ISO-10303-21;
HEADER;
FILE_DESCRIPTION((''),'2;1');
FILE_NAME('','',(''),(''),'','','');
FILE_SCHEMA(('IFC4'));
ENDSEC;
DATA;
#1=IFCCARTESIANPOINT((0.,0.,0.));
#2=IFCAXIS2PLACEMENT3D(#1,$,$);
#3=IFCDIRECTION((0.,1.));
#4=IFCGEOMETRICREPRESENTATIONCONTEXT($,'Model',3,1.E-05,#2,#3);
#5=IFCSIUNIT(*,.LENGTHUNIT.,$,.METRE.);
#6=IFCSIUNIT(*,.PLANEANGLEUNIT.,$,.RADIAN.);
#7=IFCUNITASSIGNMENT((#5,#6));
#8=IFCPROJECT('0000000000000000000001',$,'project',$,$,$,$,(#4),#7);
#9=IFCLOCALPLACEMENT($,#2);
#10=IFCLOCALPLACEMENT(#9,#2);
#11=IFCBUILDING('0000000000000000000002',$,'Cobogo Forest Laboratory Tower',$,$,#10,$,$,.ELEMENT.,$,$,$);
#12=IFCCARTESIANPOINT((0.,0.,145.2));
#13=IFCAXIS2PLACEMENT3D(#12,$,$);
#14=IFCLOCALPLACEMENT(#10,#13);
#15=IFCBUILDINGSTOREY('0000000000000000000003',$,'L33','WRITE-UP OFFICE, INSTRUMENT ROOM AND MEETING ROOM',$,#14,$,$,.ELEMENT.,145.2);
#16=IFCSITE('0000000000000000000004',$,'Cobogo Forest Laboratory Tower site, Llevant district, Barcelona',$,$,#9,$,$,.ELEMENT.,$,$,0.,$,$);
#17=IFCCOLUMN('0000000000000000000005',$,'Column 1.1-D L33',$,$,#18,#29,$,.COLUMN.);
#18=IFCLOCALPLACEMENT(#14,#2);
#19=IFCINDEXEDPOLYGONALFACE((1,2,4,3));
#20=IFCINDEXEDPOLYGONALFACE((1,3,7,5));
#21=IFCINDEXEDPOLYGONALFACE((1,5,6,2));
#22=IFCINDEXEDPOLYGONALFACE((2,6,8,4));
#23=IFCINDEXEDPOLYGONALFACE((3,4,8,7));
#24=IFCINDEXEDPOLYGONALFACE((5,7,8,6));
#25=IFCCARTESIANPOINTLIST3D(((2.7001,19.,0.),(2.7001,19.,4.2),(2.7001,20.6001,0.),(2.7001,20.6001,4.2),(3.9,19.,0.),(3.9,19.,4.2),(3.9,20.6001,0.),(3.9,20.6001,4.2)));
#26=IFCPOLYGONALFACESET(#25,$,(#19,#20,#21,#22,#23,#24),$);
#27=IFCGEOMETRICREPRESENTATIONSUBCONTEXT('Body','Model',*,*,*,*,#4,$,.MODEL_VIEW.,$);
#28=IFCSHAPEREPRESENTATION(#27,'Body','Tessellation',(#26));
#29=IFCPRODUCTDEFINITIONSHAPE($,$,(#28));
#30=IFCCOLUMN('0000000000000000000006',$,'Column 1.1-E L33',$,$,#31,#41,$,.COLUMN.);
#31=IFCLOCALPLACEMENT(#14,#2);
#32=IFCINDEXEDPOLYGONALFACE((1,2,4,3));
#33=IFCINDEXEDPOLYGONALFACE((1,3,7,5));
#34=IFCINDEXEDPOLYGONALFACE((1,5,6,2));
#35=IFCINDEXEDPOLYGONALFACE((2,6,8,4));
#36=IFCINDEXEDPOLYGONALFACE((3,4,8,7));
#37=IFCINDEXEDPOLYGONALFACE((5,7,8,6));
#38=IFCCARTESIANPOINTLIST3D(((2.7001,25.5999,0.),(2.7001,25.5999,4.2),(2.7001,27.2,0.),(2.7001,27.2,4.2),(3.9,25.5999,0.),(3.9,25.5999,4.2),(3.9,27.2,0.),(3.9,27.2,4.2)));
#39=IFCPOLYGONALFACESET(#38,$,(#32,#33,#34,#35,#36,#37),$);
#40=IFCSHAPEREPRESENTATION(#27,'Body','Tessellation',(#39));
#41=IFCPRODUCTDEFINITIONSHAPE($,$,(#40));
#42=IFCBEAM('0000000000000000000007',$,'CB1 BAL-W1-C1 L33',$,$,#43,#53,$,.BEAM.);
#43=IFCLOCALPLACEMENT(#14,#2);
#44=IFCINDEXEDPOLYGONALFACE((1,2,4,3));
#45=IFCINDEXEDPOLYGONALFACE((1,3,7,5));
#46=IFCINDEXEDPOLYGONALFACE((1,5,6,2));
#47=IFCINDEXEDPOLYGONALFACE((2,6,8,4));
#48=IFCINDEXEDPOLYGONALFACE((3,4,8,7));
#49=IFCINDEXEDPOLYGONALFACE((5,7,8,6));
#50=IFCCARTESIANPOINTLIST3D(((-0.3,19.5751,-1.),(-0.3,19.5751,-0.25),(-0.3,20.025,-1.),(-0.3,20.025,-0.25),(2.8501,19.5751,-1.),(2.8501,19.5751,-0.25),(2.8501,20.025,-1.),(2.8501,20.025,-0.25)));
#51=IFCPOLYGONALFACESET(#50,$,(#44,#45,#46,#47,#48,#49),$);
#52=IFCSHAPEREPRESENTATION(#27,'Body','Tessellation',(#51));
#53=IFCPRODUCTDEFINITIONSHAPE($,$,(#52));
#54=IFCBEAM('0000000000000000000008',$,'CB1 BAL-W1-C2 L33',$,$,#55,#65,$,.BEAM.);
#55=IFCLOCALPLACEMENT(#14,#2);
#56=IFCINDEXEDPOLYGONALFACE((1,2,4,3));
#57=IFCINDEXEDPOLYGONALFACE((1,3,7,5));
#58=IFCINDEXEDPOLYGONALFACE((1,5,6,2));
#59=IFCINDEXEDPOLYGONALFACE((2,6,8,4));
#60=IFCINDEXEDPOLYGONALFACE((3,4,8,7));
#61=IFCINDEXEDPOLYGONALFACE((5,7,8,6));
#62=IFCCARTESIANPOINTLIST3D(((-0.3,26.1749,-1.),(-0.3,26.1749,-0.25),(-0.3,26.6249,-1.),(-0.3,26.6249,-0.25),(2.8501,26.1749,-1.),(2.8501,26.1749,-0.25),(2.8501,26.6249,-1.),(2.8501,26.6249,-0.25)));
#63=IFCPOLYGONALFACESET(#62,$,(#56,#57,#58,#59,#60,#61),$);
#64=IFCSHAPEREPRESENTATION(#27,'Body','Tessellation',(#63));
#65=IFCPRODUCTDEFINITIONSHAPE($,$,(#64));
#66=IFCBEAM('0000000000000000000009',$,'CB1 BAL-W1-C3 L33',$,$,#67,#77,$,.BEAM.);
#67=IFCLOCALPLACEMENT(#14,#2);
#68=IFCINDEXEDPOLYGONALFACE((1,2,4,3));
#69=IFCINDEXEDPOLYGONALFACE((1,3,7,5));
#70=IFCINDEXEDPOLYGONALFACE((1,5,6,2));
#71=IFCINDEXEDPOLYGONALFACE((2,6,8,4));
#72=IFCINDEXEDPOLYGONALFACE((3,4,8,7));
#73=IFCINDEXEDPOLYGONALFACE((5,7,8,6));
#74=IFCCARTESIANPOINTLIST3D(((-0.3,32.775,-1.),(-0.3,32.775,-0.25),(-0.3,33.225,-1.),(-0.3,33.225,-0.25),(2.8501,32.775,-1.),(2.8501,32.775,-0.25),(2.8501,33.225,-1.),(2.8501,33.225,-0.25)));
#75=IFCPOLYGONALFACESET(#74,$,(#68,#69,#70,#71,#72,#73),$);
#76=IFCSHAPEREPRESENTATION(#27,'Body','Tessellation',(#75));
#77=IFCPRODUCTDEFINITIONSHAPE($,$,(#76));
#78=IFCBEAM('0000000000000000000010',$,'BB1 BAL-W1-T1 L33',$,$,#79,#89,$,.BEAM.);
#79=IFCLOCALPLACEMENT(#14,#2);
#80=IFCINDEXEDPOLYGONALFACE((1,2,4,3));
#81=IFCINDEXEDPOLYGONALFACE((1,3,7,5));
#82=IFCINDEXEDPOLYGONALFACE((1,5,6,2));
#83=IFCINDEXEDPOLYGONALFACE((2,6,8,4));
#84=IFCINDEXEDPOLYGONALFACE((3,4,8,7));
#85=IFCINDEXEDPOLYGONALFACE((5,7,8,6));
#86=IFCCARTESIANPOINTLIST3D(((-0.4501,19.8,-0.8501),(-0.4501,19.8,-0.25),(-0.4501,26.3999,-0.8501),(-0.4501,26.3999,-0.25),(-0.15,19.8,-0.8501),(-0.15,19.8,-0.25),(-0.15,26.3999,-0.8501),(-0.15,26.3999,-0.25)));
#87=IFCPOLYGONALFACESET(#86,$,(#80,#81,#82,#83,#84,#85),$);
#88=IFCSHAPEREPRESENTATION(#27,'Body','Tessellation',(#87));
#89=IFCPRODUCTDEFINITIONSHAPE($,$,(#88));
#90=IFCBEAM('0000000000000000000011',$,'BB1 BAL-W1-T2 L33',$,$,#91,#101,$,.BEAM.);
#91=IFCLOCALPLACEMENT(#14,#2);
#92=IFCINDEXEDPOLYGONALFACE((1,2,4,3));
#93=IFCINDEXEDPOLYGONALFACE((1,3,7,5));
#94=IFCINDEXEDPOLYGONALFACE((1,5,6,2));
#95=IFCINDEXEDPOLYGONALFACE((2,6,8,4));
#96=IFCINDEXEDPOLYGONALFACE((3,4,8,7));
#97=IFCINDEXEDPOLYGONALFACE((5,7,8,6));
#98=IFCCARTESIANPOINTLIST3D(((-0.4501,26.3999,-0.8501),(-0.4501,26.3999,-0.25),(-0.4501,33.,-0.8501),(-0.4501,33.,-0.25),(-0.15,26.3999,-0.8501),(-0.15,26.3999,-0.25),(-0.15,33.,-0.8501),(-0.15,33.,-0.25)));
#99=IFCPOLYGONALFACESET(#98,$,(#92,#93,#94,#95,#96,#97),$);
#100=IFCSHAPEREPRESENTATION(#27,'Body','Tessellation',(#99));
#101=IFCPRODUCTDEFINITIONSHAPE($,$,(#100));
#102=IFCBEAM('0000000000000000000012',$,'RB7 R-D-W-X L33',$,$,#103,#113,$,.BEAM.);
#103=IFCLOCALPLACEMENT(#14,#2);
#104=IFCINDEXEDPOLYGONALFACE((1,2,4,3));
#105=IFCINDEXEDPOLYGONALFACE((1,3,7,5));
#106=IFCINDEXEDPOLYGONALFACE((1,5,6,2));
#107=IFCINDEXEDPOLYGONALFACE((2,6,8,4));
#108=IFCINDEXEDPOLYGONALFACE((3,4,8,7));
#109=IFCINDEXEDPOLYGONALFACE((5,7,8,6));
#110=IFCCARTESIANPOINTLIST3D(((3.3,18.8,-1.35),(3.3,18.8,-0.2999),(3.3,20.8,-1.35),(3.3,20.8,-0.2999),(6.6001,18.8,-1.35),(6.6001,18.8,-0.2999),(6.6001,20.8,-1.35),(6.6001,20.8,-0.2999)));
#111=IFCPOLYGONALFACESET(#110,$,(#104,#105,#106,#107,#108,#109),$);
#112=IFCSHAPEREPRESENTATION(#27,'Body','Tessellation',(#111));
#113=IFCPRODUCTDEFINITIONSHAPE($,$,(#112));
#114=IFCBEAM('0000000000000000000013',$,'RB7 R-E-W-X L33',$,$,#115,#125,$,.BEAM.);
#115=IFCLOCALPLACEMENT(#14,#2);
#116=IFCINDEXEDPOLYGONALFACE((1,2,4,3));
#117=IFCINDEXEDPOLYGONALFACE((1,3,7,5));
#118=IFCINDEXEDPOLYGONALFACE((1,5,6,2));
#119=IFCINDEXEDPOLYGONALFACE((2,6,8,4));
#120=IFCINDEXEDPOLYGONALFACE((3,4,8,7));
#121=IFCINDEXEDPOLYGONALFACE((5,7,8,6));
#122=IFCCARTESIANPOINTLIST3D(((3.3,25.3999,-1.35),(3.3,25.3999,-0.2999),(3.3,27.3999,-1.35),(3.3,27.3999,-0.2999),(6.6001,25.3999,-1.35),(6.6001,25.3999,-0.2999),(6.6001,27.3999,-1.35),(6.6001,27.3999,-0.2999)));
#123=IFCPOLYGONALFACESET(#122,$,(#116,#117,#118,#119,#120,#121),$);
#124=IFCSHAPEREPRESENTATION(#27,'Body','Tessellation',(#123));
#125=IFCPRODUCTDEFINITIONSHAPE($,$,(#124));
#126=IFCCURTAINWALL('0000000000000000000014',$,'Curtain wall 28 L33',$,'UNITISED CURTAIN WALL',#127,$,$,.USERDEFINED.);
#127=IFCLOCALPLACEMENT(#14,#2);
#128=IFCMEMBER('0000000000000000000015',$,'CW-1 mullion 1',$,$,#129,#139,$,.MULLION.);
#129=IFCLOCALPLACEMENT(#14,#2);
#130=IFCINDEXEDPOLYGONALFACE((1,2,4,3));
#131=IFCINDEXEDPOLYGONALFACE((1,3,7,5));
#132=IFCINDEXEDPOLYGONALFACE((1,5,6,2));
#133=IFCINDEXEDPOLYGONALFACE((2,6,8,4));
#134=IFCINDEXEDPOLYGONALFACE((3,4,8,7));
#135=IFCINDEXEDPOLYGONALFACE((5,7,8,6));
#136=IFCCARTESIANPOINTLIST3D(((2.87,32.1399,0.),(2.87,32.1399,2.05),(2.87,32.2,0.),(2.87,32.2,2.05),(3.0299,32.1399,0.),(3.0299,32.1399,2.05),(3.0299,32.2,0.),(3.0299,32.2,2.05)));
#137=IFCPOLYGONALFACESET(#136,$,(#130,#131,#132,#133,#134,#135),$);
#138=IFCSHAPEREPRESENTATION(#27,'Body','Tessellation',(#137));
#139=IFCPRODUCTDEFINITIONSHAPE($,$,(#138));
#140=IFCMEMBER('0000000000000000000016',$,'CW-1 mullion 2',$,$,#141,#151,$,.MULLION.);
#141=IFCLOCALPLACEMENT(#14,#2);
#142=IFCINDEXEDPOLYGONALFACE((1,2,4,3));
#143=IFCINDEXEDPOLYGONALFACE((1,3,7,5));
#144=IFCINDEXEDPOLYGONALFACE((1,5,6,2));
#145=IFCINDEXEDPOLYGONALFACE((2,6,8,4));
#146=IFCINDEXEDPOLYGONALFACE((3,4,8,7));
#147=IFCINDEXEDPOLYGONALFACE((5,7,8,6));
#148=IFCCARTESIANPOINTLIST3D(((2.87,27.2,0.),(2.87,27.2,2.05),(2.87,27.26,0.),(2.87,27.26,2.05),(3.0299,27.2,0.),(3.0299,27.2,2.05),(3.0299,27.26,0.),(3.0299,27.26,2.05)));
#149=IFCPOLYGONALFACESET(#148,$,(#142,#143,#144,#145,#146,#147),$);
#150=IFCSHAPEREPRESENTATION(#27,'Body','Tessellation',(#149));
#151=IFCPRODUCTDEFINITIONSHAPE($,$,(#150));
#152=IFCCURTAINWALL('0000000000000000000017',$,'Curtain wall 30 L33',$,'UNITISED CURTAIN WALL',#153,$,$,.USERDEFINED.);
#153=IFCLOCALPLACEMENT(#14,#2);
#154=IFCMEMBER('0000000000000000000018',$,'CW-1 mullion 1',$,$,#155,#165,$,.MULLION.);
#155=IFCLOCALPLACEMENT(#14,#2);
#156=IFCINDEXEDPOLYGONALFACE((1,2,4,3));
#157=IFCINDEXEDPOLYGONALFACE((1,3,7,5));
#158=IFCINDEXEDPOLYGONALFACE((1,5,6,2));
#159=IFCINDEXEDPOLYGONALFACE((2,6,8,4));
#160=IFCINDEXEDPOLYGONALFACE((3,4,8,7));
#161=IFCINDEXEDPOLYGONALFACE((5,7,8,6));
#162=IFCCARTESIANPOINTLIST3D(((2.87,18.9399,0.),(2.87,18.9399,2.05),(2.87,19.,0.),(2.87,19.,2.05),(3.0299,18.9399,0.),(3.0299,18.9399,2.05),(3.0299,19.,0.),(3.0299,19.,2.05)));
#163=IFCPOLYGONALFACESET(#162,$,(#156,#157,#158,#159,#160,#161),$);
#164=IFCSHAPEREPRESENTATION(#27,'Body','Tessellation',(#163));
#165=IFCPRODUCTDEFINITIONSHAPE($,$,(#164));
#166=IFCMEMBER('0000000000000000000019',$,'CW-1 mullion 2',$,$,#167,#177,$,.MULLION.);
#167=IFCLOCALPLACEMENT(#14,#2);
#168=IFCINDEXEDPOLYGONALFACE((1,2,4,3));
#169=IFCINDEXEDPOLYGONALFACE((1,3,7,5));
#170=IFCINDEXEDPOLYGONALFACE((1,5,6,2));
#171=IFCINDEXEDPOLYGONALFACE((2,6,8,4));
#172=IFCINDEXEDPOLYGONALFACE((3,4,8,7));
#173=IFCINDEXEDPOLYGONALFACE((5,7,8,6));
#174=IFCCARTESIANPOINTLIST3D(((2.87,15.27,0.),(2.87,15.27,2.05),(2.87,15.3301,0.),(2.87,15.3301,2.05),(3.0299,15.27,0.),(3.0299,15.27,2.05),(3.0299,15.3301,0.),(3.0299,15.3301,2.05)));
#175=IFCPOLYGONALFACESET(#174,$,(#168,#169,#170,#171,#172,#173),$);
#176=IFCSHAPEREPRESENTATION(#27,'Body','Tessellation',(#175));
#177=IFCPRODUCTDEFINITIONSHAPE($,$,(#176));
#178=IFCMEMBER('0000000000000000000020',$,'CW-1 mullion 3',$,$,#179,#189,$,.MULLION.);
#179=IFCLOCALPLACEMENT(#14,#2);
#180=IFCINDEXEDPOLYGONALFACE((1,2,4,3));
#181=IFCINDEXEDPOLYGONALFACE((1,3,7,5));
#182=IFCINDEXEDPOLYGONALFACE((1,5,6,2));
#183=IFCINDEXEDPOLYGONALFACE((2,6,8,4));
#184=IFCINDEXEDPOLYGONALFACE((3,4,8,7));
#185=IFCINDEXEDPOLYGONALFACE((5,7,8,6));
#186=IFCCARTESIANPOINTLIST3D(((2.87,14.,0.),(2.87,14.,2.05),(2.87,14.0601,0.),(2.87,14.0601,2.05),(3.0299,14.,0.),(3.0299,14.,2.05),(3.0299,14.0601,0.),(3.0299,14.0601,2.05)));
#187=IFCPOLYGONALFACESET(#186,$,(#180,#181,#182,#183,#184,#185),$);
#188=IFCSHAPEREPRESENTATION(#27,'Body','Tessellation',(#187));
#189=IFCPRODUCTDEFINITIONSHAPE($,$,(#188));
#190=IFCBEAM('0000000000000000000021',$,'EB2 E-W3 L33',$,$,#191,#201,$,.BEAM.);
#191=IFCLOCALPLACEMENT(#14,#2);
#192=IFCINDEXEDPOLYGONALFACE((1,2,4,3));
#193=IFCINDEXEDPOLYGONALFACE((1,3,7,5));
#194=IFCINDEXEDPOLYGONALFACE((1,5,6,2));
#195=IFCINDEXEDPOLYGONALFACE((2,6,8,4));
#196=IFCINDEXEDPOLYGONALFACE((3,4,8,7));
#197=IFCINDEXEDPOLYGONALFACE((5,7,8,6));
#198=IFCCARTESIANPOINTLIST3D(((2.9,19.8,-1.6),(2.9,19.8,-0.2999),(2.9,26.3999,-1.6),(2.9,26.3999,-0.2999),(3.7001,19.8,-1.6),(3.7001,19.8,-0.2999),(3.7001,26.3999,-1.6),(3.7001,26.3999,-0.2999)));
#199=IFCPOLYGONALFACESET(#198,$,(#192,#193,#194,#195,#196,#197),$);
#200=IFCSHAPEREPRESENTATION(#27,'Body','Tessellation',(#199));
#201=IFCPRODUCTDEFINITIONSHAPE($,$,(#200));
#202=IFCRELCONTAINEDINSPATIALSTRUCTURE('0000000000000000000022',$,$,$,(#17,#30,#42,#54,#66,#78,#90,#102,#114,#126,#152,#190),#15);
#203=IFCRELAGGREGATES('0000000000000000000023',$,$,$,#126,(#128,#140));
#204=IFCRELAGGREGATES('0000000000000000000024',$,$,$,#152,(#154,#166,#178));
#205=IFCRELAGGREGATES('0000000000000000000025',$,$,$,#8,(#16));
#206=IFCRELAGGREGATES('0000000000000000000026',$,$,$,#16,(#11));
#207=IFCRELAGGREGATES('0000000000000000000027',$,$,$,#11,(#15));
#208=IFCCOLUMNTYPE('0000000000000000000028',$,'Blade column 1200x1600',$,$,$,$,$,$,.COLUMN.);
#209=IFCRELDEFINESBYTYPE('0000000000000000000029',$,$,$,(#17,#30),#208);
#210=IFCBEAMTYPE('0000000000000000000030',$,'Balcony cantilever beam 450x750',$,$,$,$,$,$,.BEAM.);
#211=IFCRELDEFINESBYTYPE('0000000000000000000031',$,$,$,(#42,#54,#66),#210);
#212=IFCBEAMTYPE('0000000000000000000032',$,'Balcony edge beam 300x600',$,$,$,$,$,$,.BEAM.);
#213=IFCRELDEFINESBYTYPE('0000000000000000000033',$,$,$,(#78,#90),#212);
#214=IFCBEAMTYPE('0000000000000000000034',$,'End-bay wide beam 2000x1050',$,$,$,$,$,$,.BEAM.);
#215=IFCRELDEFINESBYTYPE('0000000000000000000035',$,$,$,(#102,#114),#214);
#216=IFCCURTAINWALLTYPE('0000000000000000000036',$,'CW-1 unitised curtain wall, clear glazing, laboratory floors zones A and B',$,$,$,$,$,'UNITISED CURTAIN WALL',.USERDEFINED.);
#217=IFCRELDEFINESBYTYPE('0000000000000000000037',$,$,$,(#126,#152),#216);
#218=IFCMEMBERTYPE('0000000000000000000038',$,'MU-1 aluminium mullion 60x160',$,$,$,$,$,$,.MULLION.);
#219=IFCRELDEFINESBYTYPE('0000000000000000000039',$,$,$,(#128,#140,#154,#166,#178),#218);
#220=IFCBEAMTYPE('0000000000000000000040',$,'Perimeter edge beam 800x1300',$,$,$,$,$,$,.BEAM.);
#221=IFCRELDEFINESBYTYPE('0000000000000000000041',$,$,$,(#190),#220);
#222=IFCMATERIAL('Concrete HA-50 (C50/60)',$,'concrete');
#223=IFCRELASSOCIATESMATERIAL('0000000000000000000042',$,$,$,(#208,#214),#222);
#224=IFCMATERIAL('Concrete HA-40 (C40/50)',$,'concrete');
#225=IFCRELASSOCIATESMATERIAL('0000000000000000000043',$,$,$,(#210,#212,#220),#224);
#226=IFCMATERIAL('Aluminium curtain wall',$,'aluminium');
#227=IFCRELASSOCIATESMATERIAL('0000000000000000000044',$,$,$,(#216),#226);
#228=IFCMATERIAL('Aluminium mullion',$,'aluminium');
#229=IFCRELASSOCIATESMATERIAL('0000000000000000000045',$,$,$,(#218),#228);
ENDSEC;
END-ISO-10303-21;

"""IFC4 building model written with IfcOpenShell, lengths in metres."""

from ifc_helpers import new_model, si_unit, direction, frame, origin, origin_2d, place, context, subcontext, project, spatial, rectangle, extrude, material, material_profile, profile_set, type_object, element, aggregate, save


model = new_model("IFC4")

# Units and contexts
model_context = context("Model", 3, precision=1e-05, world=origin(), true_north=direction((0.0, 1.0)))
body_context = subcontext(model_context, "Body", "Model", "MODEL_VIEW")
ifc_project = project(units=[si_unit("LENGTHUNIT", "METRE"), si_unit("PLANEANGLEUNIT", "RADIAN")], contexts=[model_context])

# Site, building, storey
site_placement = place(None, origin())
site = spatial("IfcSite", under=ifc_project, at=site_placement, Name="Cobogo Forest Laboratory Tower site, Llevant district, Barcelona", CompositionType="ELEMENT", RefElevation=0.0)
building_placement = place(site_placement, origin())
building = spatial("IfcBuilding", under=site, at=building_placement, Name="Cobogo Forest Laboratory Tower", CompositionType="ELEMENT")
storey_placement = place(building_placement, frame((0.0, 0.0, 145.2)))
storey = spatial("IfcBuildingStorey", under=building, at=storey_placement, Name="L33", Description="WRITE-UP OFFICE, INSTRUMENT ROOM AND MEETING ROOM", CompositionType="ELEMENT", Elevation=145.2)

# Columns
ifc_material_1 = material(Name="Concrete HA-50 (C50/60)", Category="concrete")
ifc_material_profile_1 = material_profile(ifc_material_1, rectangle(XDim=1.6001, YDim=1.2, at=origin_2d()), Name="RC 1200x1600")
ifc_profile_set_1 = profile_set([ifc_material_profile_1], Name="Concrete HA-50 (C50/60)")
column_type = type_object("IfcColumnType", Name="Blade column 1200x1600", PredefinedType="COLUMN", material=ifc_profile_set_1)
for number, where, z_axis, x_axis, name in (
    (1, (3.3, 19.8, 0.0), (0.0, 0.0, 1.0), (0.0, 1.0, 0.0), "Column 1.1-D L33"),
    (2, (3.3, 26.3999, 0.0), (0.0, 0.0, 1.0), (0.0, 1.0, 0.0), "Column 1.1-E L33"),
):
    element("IfcColumn", number, at=place(storey_placement, frame(where, z_axis=z_axis, x_axis=x_axis)), inside=storey, type_object=column_type, Name=name, PredefinedType="COLUMN", context=body_context, shape_type="SweptSolid", body=[
        extrude(rectangle(XDim=1.6001, YDim=1.2, at=origin_2d()), origin(), (0.0, 0.0, 1.0), 4.2),
    ])

# Beams
ifc_material_2 = material(Name="Concrete HA-40 (C40/50)", Category="concrete")
ifc_material_profile_2 = material_profile(ifc_material_2, rectangle(XDim=0.45, YDim=0.75, at=origin_2d()), Name="RC 450x750")
ifc_profile_set_2 = profile_set([ifc_material_profile_2], Name="Concrete HA-40 (C40/50)")
beam_type_1 = type_object("IfcBeamType", Name="Balcony cantilever beam 450x750", PredefinedType="BEAM", material=ifc_profile_set_2)
for number, where, z_axis, x_axis, name in (
    (3, (2.8501, 19.8, -0.625), (-1.0, 0.0, 0.0), (0.0, -1.0, 0.0), "CB1 BAL-W1-C1 L33"),
    (4, (2.8501, 26.3999, -0.625), (-1.0, 0.0, 0.0), (0.0, -1.0, 0.0), "CB1 BAL-W1-C2 L33"),
    (5, (2.8501, 33.0, -0.625), (-1.0, 0.0, 0.0), (0.0, -1.0, 0.0), "CB1 BAL-W1-C3 L33"),
):
    element("IfcBeam", number, at=place(storey_placement, frame(where, z_axis=z_axis, x_axis=x_axis)), inside=storey, type_object=beam_type_1, Name=name, PredefinedType="BEAM", context=body_context, shape_type="SweptSolid", body=[
        extrude(rectangle(XDim=0.45, YDim=0.75, at=origin_2d()), origin(), (0.0, 0.0, 1.0), 3.1501),
    ])
ifc_material_profile_3 = material_profile(ifc_material_2, rectangle(XDim=0.3, YDim=0.6001, at=origin_2d()), Name="RC 300x600")
ifc_profile_set_3 = profile_set([ifc_material_profile_3], Name="Concrete HA-40 (C40/50)")
beam_type_2 = type_object("IfcBeamType", Name="Balcony edge beam 300x600", PredefinedType="BEAM", material=ifc_profile_set_3)
beam_1_placement = place(storey_placement, frame((-0.3, 19.8, -0.55), z_axis=(0.0, 1.0, 0.0), x_axis=(-1.0, 0.0, 0.0)))
element("IfcBeam", 6, at=beam_1_placement, inside=storey, type_object=beam_type_2, Name="BB1 BAL-W1-T1 L33", PredefinedType="BEAM", context=body_context, shape_type="SweptSolid", body=[
    extrude(rectangle(XDim=0.3, YDim=0.6001, at=origin_2d()), origin(), (0.0, 0.0, 1.0), 6.5999),
])
beam_2_placement = place(storey_placement, frame((-0.3, 26.3999, -0.55), z_axis=(0.0, 1.0, 0.0), x_axis=(-1.0, 0.0, 0.0)))
element("IfcBeam", 7, at=beam_2_placement, inside=storey, type_object=beam_type_2, Name="BB1 BAL-W1-T2 L33", PredefinedType="BEAM", context=body_context, shape_type="SweptSolid", body=[
    extrude(rectangle(XDim=0.3, YDim=0.6001, at=origin_2d()), origin(), (0.0, 0.0, 1.0), 6.6001),
])
ifc_material_profile_4 = material_profile(ifc_material_1, rectangle(XDim=2.0, YDim=1.05, at=origin_2d()), Name="RC 2000x1050")
ifc_profile_set_4 = profile_set([ifc_material_profile_4], Name="Concrete HA-50 (C50/60)")
beam_type_3 = type_object("IfcBeamType", Name="End-bay wide beam 2000x1050", PredefinedType="BEAM", material=ifc_profile_set_4)
for number, where, z_axis, x_axis, name in (
    (8, (3.3, 19.8, -0.825), (1.0, 0.0, 0.0), (0.0, 1.0, 0.0), "RB7 R-D-W-X L33"),
    (9, (3.3, 26.3999, -0.825), (1.0, 0.0, 0.0), (0.0, 1.0, 0.0), "RB7 R-E-W-X L33"),
):
    element("IfcBeam", number, at=place(storey_placement, frame(where, z_axis=z_axis, x_axis=x_axis)), inside=storey, type_object=beam_type_3, Name=name, PredefinedType="BEAM", context=body_context, shape_type="SweptSolid", body=[
        extrude(rectangle(XDim=2.0, YDim=1.05, at=origin_2d()), origin(), (0.0, 0.0, 1.0), 3.3),
    ])

# Curtain walls, members
ifc_material_3 = material(Name="Aluminium curtain wall", Category="aluminium")
curtain_wall_type = type_object("IfcCurtainWallType", Name="CW-1 unitised curtain wall, clear glazing, laboratory floors zones A and B", ElementType="UNITISED CURTAIN WALL", PredefinedType="USERDEFINED", material=ifc_material_3)
curtain_wall_1_placement = place(storey_placement, origin())
curtain_wall_1 = element("IfcCurtainWall", 10, at=curtain_wall_1_placement, inside=storey, type_object=curtain_wall_type, Name="Curtain wall 28 L33", ObjectType="UNITISED CURTAIN WALL", PredefinedType="USERDEFINED")
ifc_material_4 = material(Name="Aluminium mullion", Category="aluminium")
ifc_material_profile_5 = material_profile(ifc_material_4, rectangle(XDim=0.0601, YDim=0.1599, at=origin_2d()), Name="AL 60x160")
ifc_profile_set_5 = profile_set([ifc_material_profile_5], Name="Aluminium mullion")
member_type_1 = type_object("IfcMemberType", Name="MU-1 aluminium mullion 60x160", PredefinedType="MULLION", material=ifc_profile_set_5)
member_1_placement = place(storey_placement, frame((2.95, 32.1699, 0.0), z_axis=(0.0, 0.0, 1.0), x_axis=(0.0, -1.0, 0.0)))
member_1 = element("IfcMember", 11, at=member_1_placement, type_object=member_type_1, Name="CW-1 mullion 1", PredefinedType="MULLION", context=body_context, shape_type="SweptSolid", body=[
    extrude(rectangle(XDim=0.0601, YDim=0.1599, at=origin_2d()), origin(), (0.0, 0.0, 1.0), 2.05),
])
member_2_placement = place(storey_placement, frame((2.95, 27.23, 0.0), z_axis=(0.0, 0.0, 1.0), x_axis=(0.0, -1.0, 0.0)))
member_2 = element("IfcMember", 12, at=member_2_placement, type_object=member_type_1, Name="CW-1 mullion 2", PredefinedType="MULLION", context=body_context, shape_type="SweptSolid", body=[
    extrude(rectangle(XDim=0.0601, YDim=0.1599, at=origin_2d()), origin(), (0.0, 0.0, 1.0), 2.05),
])
curtain_wall_2_placement = place(storey_placement, origin())
curtain_wall_2 = element("IfcCurtainWall", 13, at=curtain_wall_2_placement, inside=storey, type_object=curtain_wall_type, Name="Curtain wall 30 L33", ObjectType="UNITISED CURTAIN WALL", PredefinedType="USERDEFINED")
member_3_placement = place(storey_placement, frame((2.95, 18.97, 0.0), z_axis=(0.0, 0.0, 1.0), x_axis=(0.0, -1.0, 0.0)))
member_3 = element("IfcMember", 14, at=member_3_placement, type_object=member_type_1, Name="CW-1 mullion 1", PredefinedType="MULLION", context=body_context, shape_type="SweptSolid", body=[
    extrude(rectangle(XDim=0.0601, YDim=0.1599, at=origin_2d()), origin(), (0.0, 0.0, 1.0), 2.05),
])
member_4_placement = place(storey_placement, frame((2.95, 15.3, 0.0), z_axis=(0.0, 0.0, 1.0), x_axis=(0.0, -1.0, 0.0)))
member_4 = element("IfcMember", 15, at=member_4_placement, type_object=member_type_1, Name="CW-1 mullion 2", PredefinedType="MULLION", context=body_context, shape_type="SweptSolid", body=[
    extrude(rectangle(XDim=0.0601, YDim=0.1599, at=origin_2d()), origin(), (0.0, 0.0, 1.0), 2.05),
])
member_5_placement = place(storey_placement, frame((2.95, 14.03, 0.0), z_axis=(0.0, 0.0, 1.0), x_axis=(0.0, -1.0, 0.0)))
member_5 = element("IfcMember", 16, at=member_5_placement, type_object=member_type_1, Name="CW-1 mullion 3", PredefinedType="MULLION", context=body_context, shape_type="SweptSolid", body=[
    extrude(rectangle(XDim=0.0601, YDim=0.1599, at=origin_2d()), origin(), (0.0, 0.0, 1.0), 2.05),
])

# Beam
ifc_material_profile_6 = material_profile(ifc_material_2, rectangle(XDim=0.8, YDim=1.3, at=origin_2d()), Name="RC 800x1300")
ifc_profile_set_6 = profile_set([ifc_material_profile_6], Name="Concrete HA-40 (C40/50)")
beam_type_4 = type_object("IfcBeamType", Name="Perimeter edge beam 800x1300", PredefinedType="BEAM", material=ifc_profile_set_6)
beam_3_placement = place(storey_placement, frame((3.3, 19.8, -0.95), z_axis=(0.0, 1.0, 0.0), x_axis=(-1.0, 0.0, 0.0)))
element("IfcBeam", 17, at=beam_3_placement, inside=storey, type_object=beam_type_4, Name="EB2 E-W3 L33", PredefinedType="BEAM", context=body_context, shape_type="SweptSolid", body=[
    extrude(rectangle(XDim=0.8, YDim=1.3, at=origin_2d()), origin(), (0.0, 0.0, 1.0), 6.5999),
])

aggregate(curtain_wall_1, [member_1, member_2])
aggregate(curtain_wall_2, [member_3, member_4, member_5])

save(model, "model.ifc")
